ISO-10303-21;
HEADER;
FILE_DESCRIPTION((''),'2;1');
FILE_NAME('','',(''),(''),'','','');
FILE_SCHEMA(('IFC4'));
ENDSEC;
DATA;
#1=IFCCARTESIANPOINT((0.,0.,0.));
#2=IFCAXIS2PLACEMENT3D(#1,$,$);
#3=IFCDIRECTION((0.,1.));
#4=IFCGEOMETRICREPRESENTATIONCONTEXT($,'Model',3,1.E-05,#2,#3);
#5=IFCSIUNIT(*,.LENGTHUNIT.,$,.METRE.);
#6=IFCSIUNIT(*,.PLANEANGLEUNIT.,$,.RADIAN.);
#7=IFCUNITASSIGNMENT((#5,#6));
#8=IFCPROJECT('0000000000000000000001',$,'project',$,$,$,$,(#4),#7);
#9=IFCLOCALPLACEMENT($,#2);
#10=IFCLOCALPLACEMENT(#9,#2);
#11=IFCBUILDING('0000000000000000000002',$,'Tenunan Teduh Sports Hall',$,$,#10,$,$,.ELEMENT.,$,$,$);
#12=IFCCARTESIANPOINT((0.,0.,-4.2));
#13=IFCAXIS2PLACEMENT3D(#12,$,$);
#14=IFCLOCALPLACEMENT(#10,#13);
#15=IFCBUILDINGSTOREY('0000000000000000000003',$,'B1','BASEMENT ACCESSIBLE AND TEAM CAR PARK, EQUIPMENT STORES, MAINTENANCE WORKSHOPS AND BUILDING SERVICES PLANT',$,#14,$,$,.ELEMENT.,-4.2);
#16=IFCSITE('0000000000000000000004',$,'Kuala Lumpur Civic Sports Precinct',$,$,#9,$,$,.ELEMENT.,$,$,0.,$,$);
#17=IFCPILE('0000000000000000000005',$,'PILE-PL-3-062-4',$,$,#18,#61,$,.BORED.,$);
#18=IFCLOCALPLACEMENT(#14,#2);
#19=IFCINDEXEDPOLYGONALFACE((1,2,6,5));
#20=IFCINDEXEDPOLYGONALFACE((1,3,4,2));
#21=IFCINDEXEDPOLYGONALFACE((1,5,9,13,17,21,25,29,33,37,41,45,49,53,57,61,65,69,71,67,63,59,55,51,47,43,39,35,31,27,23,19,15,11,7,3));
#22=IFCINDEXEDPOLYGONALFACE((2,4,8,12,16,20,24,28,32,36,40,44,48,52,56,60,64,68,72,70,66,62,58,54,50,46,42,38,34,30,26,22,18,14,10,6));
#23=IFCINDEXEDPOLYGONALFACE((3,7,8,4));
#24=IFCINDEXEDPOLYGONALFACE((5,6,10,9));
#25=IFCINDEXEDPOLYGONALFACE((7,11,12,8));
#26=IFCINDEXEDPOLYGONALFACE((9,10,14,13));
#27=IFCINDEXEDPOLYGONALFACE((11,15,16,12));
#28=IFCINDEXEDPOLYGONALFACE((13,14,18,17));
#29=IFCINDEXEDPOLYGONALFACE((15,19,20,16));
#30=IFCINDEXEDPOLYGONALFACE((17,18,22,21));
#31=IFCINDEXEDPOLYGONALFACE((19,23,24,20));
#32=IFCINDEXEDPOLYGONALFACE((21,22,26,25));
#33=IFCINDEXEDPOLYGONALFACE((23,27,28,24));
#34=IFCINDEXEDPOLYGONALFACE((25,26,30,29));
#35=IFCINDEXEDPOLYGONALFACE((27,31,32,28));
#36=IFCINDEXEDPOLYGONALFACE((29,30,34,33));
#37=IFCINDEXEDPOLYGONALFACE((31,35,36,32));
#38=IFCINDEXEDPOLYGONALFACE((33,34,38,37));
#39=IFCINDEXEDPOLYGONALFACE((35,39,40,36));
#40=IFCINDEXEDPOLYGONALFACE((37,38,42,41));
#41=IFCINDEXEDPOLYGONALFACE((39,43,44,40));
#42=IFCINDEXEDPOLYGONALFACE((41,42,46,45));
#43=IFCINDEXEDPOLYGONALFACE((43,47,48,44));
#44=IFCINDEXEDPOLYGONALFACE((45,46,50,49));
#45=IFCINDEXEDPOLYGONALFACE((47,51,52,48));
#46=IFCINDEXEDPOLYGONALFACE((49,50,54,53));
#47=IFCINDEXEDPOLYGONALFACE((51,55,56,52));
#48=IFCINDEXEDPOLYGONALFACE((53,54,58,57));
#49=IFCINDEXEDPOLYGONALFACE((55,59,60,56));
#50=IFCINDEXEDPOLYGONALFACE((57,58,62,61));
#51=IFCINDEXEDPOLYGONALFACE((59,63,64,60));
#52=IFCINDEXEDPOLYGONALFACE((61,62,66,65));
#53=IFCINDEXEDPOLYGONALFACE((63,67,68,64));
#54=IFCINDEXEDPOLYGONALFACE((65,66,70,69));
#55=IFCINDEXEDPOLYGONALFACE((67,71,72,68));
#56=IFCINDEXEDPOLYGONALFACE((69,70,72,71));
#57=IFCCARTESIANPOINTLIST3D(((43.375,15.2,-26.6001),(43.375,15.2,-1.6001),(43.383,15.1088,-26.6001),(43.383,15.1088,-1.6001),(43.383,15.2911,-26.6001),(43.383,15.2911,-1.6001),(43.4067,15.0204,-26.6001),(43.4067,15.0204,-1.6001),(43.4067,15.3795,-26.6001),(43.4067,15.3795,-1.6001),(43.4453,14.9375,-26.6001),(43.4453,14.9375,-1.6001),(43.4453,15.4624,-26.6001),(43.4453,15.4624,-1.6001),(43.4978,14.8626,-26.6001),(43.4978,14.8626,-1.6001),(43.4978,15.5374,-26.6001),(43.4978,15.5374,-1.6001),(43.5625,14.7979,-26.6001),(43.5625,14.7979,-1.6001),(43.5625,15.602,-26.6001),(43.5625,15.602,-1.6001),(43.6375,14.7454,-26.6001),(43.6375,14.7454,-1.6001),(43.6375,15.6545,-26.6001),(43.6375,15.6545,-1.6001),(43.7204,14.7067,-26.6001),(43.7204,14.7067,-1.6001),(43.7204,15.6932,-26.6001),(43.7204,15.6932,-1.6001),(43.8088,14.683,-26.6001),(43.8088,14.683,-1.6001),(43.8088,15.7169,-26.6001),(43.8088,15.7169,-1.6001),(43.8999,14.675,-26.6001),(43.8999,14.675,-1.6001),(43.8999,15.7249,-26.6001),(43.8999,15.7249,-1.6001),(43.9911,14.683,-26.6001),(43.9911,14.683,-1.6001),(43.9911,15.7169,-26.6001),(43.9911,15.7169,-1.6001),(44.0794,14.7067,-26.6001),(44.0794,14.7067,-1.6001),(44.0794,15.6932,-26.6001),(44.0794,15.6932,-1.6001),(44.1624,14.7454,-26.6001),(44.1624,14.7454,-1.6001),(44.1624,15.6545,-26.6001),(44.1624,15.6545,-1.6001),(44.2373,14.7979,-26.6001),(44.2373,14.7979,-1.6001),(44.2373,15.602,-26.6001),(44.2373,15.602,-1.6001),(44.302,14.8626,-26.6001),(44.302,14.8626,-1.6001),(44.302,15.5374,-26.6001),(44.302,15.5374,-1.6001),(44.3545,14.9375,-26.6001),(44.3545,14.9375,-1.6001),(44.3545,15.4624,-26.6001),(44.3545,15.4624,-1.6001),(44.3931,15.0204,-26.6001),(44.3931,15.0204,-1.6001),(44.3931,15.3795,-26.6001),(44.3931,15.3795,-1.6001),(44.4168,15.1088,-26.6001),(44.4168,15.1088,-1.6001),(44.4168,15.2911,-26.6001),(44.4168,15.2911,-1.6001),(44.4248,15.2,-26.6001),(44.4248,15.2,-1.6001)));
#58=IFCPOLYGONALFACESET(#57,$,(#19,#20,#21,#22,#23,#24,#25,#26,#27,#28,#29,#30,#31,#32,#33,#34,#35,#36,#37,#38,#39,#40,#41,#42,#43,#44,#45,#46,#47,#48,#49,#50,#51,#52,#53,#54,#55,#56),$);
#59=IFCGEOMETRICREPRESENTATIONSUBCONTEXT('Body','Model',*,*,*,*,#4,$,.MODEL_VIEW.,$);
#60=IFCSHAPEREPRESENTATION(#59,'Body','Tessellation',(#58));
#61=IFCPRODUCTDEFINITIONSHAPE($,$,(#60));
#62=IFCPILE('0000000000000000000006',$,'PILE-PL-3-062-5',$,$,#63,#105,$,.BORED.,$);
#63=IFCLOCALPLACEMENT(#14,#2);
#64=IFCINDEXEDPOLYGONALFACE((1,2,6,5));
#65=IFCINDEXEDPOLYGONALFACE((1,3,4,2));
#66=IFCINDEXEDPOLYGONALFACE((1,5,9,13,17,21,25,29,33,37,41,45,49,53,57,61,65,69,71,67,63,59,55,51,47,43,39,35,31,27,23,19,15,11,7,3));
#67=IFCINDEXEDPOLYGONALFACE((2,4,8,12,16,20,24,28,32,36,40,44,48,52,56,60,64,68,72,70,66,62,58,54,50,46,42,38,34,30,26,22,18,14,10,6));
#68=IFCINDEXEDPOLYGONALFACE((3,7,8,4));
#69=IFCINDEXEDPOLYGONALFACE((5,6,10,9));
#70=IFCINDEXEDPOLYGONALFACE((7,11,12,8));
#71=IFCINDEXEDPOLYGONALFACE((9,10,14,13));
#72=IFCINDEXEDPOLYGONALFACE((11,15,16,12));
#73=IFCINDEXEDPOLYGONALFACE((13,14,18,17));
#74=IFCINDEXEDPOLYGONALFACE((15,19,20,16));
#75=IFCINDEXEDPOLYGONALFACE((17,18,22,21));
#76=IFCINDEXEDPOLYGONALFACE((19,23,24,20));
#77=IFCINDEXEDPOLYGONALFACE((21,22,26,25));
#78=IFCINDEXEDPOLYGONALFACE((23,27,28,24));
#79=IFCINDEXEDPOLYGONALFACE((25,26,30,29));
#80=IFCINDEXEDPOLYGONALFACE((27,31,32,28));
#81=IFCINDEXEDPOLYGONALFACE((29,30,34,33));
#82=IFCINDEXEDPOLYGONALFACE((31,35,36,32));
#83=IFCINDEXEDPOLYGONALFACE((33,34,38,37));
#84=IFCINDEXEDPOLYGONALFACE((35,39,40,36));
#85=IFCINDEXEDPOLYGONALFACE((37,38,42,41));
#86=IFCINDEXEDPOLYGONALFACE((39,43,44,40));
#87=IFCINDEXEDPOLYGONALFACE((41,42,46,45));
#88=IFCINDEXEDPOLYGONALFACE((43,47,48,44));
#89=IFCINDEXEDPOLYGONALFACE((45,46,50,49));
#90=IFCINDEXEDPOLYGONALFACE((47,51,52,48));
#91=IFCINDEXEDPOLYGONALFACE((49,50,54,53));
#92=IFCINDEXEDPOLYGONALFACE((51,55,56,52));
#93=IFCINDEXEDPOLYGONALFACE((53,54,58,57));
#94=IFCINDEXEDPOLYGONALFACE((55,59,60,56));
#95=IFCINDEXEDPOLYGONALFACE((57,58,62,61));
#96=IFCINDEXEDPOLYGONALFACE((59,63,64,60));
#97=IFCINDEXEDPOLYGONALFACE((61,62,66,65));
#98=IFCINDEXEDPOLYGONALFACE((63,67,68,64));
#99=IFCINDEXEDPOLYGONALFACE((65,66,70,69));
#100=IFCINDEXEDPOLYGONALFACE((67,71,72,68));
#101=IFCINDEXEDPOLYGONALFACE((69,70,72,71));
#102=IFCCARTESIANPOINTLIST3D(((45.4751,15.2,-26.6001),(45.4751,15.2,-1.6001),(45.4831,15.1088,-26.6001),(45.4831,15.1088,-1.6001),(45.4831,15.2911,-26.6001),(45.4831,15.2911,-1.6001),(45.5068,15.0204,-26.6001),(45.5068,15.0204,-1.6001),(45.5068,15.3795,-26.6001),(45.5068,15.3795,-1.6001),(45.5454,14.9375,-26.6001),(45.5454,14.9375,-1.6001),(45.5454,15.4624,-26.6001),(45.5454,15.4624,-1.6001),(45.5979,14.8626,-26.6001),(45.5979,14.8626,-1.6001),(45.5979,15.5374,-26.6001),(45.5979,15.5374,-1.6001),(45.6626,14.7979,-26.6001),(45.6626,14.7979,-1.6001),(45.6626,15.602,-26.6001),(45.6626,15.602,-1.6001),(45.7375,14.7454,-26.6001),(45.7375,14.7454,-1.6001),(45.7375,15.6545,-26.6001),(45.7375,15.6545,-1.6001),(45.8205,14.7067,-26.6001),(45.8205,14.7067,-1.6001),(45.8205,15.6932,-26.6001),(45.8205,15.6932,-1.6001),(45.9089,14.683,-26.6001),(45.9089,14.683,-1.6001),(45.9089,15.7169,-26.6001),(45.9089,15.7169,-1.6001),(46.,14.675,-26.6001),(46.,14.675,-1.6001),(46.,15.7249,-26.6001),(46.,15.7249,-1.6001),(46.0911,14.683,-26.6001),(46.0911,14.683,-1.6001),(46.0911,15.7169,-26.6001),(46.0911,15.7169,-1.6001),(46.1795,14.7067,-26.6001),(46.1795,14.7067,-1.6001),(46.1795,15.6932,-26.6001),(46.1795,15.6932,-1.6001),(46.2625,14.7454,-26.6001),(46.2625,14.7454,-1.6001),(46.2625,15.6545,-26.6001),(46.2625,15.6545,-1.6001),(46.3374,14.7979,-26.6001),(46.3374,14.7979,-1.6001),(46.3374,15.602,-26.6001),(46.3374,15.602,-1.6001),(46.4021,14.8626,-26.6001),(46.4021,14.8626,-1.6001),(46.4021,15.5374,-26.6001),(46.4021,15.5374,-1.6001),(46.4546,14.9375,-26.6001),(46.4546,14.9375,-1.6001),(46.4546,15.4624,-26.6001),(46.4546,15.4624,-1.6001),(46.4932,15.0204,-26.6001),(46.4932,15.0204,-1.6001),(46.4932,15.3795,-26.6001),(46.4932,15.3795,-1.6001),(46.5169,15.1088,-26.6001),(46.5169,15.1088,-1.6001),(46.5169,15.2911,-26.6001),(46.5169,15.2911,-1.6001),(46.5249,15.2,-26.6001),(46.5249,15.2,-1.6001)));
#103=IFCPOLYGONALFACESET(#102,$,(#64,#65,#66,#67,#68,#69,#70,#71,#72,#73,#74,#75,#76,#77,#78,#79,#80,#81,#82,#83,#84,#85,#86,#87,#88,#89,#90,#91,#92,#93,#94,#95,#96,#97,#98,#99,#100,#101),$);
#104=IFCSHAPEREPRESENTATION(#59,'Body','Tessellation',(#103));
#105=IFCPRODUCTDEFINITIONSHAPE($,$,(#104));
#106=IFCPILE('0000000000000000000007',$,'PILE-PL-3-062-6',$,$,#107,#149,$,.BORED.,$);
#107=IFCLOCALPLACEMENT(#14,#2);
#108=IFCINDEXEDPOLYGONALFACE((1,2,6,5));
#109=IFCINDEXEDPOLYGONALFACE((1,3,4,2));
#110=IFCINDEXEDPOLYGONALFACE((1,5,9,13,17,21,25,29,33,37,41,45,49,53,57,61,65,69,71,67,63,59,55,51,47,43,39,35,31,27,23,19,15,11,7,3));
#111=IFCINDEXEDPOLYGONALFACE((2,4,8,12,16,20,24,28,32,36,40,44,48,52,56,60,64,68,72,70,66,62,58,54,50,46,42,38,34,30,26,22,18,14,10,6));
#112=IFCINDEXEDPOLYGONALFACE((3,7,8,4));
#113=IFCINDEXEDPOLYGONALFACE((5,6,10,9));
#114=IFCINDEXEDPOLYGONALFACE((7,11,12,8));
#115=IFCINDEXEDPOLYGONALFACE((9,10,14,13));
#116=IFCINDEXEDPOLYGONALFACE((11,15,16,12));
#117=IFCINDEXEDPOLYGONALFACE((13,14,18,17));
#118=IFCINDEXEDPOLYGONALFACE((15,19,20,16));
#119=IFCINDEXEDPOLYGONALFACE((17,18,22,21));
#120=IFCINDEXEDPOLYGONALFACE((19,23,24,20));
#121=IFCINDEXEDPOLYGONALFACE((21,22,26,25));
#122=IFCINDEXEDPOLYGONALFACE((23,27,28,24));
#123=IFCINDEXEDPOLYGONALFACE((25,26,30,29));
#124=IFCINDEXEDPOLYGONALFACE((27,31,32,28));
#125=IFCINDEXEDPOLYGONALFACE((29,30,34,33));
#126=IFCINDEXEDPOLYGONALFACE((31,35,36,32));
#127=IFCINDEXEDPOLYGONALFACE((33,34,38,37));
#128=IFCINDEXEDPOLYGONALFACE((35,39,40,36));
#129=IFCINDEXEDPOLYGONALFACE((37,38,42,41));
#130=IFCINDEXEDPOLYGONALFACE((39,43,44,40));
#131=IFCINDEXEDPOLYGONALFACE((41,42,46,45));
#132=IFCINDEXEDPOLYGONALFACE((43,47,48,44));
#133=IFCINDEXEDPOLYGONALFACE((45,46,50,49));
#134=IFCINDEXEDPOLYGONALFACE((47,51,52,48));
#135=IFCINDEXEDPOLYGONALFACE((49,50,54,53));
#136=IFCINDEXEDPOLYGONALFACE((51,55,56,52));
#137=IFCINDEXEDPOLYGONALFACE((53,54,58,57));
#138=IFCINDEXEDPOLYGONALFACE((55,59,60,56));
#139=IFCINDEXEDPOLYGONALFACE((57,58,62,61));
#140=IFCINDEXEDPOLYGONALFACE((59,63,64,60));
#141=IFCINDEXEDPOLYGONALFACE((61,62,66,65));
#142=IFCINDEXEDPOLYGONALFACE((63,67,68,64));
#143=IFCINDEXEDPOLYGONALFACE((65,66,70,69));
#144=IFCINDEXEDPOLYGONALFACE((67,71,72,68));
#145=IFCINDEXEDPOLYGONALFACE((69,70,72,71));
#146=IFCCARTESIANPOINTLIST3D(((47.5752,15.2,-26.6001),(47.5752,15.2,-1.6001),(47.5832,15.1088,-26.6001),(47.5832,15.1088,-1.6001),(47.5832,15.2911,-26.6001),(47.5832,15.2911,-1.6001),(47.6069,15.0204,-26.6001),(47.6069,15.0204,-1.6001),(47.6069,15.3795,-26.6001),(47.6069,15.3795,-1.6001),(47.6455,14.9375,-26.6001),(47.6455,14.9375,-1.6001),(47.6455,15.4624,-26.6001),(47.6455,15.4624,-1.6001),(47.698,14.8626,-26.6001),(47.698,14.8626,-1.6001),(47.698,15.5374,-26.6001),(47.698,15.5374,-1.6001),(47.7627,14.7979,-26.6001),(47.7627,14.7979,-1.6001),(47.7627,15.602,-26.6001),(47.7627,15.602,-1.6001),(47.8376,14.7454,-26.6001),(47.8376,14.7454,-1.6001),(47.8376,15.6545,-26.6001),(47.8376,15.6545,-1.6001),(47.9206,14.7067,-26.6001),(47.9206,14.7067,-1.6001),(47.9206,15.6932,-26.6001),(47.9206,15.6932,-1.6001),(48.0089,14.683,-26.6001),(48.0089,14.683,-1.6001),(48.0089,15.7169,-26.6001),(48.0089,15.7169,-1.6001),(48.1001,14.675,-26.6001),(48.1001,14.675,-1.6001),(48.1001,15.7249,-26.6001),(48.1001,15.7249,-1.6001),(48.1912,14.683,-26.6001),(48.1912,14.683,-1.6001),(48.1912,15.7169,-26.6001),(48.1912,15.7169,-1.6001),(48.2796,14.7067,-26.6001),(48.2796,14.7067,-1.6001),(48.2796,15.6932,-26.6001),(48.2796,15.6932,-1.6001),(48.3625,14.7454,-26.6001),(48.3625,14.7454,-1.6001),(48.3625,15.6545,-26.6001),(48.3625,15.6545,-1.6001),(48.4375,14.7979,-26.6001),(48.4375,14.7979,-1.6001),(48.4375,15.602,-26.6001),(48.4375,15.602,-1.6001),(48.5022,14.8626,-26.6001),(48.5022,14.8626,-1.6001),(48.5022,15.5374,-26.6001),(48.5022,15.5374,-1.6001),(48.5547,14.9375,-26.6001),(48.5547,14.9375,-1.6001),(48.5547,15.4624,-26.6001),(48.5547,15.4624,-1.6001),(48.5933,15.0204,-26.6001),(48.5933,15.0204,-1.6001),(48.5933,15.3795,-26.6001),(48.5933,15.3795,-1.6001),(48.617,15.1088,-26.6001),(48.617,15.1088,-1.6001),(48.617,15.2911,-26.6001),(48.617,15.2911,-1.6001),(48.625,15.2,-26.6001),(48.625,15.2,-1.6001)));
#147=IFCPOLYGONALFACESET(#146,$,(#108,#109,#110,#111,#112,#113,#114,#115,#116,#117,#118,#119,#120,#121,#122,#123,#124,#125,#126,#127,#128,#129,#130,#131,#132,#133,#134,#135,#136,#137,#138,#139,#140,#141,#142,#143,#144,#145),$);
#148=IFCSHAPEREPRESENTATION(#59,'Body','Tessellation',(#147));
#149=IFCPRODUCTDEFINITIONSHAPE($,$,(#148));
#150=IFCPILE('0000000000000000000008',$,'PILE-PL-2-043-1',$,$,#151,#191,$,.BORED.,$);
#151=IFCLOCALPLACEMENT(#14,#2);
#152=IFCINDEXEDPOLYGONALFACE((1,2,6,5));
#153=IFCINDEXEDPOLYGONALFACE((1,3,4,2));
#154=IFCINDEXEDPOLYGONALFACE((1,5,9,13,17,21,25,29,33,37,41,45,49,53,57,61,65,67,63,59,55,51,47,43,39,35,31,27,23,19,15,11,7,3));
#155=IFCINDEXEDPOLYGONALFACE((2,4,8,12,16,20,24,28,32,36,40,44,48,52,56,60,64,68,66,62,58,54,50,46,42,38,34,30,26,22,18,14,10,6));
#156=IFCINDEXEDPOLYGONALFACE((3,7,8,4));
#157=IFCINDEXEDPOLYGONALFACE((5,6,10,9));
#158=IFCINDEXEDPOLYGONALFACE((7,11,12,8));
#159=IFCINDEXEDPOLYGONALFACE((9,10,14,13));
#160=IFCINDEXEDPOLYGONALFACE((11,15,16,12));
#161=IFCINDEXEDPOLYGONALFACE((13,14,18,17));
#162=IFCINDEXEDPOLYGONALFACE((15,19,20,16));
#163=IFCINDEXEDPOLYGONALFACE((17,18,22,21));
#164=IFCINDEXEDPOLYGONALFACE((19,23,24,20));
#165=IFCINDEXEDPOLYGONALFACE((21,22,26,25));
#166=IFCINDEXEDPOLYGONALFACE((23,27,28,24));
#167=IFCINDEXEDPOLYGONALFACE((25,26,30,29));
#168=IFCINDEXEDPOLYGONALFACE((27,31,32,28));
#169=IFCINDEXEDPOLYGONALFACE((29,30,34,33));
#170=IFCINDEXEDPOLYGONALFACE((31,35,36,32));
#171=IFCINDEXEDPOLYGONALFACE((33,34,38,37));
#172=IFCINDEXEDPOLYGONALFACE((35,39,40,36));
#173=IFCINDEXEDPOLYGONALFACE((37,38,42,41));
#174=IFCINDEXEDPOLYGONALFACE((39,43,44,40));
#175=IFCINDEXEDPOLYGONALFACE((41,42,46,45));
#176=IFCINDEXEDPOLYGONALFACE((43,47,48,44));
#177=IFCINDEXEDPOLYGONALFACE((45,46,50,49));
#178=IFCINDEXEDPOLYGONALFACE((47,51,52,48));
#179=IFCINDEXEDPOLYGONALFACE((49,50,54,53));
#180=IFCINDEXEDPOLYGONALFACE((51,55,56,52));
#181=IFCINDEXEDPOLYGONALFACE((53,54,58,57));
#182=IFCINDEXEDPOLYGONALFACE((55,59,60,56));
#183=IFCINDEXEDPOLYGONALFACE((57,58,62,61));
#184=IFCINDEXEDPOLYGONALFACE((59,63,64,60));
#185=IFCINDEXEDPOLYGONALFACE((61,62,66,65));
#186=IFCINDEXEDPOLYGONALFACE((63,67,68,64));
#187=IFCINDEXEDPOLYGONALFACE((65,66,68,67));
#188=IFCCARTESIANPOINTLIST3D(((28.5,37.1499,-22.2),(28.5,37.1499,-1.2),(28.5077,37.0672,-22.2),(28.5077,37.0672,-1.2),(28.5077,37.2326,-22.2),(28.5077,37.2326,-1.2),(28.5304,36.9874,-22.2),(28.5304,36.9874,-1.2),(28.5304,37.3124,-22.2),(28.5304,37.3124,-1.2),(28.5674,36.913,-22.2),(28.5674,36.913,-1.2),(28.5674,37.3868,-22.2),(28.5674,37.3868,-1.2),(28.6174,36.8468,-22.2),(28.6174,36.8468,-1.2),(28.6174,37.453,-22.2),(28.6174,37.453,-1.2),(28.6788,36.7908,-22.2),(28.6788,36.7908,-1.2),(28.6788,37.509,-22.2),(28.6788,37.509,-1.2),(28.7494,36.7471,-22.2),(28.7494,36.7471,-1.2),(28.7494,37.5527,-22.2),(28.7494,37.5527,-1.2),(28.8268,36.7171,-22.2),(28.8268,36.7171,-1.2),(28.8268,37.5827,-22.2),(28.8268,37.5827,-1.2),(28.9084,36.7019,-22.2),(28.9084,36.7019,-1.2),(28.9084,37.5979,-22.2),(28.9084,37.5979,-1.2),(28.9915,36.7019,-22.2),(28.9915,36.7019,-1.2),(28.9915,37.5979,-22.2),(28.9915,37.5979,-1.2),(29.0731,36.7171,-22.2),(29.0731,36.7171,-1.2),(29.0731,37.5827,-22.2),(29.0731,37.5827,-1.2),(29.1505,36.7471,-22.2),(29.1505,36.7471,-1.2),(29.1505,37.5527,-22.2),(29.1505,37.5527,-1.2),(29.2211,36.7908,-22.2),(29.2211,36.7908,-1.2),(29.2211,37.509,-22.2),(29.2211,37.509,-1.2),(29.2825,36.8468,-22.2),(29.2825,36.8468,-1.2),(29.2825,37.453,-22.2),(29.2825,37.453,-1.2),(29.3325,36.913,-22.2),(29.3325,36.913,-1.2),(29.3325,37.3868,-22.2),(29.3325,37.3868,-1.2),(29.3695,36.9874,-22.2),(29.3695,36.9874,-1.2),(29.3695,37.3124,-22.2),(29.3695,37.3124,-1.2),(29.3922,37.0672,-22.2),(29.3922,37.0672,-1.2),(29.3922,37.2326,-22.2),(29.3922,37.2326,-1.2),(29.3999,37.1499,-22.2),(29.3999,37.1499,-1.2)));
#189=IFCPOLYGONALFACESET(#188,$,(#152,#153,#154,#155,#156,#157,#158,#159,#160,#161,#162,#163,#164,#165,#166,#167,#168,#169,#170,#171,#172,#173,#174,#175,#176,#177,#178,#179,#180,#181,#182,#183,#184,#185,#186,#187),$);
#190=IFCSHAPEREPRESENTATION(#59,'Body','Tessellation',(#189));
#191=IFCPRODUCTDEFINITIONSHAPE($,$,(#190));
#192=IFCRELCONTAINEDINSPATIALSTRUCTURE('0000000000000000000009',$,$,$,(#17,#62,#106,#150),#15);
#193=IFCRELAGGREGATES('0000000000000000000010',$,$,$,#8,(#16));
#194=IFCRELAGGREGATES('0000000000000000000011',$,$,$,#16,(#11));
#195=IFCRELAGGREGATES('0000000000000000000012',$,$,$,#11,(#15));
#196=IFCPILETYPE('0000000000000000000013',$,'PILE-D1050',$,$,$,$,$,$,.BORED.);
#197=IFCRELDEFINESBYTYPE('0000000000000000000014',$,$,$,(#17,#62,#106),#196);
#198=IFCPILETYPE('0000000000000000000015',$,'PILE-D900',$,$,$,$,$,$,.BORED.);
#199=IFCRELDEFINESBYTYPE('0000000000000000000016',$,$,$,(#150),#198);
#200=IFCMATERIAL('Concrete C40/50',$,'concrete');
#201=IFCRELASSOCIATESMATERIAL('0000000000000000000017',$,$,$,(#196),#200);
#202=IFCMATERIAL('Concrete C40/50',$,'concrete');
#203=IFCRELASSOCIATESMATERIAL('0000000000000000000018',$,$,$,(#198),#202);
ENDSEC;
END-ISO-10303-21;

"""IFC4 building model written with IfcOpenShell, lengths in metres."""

from ifc_helpers import new_model, si_unit, direction, frame, origin, origin_2d, place, context, subcontext, project, spatial, circle, extrude, material, material_profile, profile_set, type_object, element, save


model = new_model("IFC4")

# Units and contexts
model_context = context("Model", 3, precision=1e-05, world=origin(), true_north=direction((0.0, 1.0)))
body_context = subcontext(model_context, "Body", "Model", "MODEL_VIEW")
ifc_project = project(units=[si_unit("LENGTHUNIT", "METRE"), si_unit("PLANEANGLEUNIT", "RADIAN")], contexts=[model_context])

# Site, building, storey
site_placement = place(None, origin())
site = spatial("IfcSite", under=ifc_project, at=site_placement, Name="Kuala Lumpur Civic Sports Precinct", CompositionType="ELEMENT", RefElevation=0.0)
building_placement = place(site_placement, origin())
building = spatial("IfcBuilding", under=site, at=building_placement, Name="Tenunan Teduh Sports Hall", CompositionType="ELEMENT")
storey_placement = place(building_placement, frame((0.0, 0.0, -4.2)))
storey = spatial("IfcBuildingStorey", under=building, at=storey_placement, Name="B1", Description="BASEMENT ACCESSIBLE AND TEAM CAR PARK, EQUIPMENT STORES, MAINTENANCE WORKSHOPS AND BUILDING SERVICES PLANT", CompositionType="ELEMENT", Elevation=-4.2)

# Piles
ifc_material_1 = material(Name="Concrete C40/50", Category="concrete")
ifc_material_profile_1 = material_profile(ifc_material_1, circle(Radius=0.5249, at=origin_2d()), Name="PILE D1050")
ifc_profile_set_1 = profile_set([ifc_material_profile_1], Name="Concrete C40/50")
pile_type_1 = type_object("IfcPileType", Name="PILE-D1050", PredefinedType="BORED", material=ifc_profile_set_1)
for number, where, z_axis, x_axis, name in (
    (1, (43.8999, 15.2, -1.6001), (0.0, 0.0, -1.0), (1.0, 0.0, 0.0), "PILE-PL-3-062-4"),
    (2, (46.0, 15.2, -1.6001), (0.0, 0.0, -1.0), (1.0, 0.0, 0.0), "PILE-PL-3-062-5"),
    (3, (48.1001, 15.2, -1.6001), (0.0, 0.0, -1.0), (1.0, 0.0, 0.0), "PILE-PL-3-062-6"),
):
    element("IfcPile", number, at=place(storey_placement, frame(where, z_axis=z_axis, x_axis=x_axis)), inside=storey, type_object=pile_type_1, Name=name, PredefinedType="BORED", context=body_context, shape_type="SweptSolid", body=[
        extrude(circle(Radius=0.5249, at=origin_2d()), origin(), (0.0, 0.0, 1.0), 25.0),
    ])
ifc_material_2 = material(Name="Concrete C40/50", Category="concrete")
ifc_material_profile_2 = material_profile(ifc_material_2, circle(Radius=0.45, at=origin_2d()), Name="PILE D900")
ifc_profile_set_2 = profile_set([ifc_material_profile_2], Name="Concrete C40/50")
pile_type_2 = type_object("IfcPileType", Name="PILE-D900", PredefinedType="BORED", material=ifc_profile_set_2)
for number, where, z_axis, x_axis, name in (
    (4, (28.95, 37.1499, -1.2), (0.0, 0.0, -1.0), (1.0, 0.0, 0.0), "PILE-PL-2-043-1"),
):
    element("IfcPile", number, at=place(storey_placement, frame(where, z_axis=z_axis, x_axis=x_axis)), inside=storey, type_object=pile_type_2, Name=name, PredefinedType="BORED", context=body_context, shape_type="SweptSolid", body=[
        extrude(circle(Radius=0.45, at=origin_2d()), origin(), (0.0, 0.0, 1.0), 21.0),
    ])

save(model, "model.ifc")
